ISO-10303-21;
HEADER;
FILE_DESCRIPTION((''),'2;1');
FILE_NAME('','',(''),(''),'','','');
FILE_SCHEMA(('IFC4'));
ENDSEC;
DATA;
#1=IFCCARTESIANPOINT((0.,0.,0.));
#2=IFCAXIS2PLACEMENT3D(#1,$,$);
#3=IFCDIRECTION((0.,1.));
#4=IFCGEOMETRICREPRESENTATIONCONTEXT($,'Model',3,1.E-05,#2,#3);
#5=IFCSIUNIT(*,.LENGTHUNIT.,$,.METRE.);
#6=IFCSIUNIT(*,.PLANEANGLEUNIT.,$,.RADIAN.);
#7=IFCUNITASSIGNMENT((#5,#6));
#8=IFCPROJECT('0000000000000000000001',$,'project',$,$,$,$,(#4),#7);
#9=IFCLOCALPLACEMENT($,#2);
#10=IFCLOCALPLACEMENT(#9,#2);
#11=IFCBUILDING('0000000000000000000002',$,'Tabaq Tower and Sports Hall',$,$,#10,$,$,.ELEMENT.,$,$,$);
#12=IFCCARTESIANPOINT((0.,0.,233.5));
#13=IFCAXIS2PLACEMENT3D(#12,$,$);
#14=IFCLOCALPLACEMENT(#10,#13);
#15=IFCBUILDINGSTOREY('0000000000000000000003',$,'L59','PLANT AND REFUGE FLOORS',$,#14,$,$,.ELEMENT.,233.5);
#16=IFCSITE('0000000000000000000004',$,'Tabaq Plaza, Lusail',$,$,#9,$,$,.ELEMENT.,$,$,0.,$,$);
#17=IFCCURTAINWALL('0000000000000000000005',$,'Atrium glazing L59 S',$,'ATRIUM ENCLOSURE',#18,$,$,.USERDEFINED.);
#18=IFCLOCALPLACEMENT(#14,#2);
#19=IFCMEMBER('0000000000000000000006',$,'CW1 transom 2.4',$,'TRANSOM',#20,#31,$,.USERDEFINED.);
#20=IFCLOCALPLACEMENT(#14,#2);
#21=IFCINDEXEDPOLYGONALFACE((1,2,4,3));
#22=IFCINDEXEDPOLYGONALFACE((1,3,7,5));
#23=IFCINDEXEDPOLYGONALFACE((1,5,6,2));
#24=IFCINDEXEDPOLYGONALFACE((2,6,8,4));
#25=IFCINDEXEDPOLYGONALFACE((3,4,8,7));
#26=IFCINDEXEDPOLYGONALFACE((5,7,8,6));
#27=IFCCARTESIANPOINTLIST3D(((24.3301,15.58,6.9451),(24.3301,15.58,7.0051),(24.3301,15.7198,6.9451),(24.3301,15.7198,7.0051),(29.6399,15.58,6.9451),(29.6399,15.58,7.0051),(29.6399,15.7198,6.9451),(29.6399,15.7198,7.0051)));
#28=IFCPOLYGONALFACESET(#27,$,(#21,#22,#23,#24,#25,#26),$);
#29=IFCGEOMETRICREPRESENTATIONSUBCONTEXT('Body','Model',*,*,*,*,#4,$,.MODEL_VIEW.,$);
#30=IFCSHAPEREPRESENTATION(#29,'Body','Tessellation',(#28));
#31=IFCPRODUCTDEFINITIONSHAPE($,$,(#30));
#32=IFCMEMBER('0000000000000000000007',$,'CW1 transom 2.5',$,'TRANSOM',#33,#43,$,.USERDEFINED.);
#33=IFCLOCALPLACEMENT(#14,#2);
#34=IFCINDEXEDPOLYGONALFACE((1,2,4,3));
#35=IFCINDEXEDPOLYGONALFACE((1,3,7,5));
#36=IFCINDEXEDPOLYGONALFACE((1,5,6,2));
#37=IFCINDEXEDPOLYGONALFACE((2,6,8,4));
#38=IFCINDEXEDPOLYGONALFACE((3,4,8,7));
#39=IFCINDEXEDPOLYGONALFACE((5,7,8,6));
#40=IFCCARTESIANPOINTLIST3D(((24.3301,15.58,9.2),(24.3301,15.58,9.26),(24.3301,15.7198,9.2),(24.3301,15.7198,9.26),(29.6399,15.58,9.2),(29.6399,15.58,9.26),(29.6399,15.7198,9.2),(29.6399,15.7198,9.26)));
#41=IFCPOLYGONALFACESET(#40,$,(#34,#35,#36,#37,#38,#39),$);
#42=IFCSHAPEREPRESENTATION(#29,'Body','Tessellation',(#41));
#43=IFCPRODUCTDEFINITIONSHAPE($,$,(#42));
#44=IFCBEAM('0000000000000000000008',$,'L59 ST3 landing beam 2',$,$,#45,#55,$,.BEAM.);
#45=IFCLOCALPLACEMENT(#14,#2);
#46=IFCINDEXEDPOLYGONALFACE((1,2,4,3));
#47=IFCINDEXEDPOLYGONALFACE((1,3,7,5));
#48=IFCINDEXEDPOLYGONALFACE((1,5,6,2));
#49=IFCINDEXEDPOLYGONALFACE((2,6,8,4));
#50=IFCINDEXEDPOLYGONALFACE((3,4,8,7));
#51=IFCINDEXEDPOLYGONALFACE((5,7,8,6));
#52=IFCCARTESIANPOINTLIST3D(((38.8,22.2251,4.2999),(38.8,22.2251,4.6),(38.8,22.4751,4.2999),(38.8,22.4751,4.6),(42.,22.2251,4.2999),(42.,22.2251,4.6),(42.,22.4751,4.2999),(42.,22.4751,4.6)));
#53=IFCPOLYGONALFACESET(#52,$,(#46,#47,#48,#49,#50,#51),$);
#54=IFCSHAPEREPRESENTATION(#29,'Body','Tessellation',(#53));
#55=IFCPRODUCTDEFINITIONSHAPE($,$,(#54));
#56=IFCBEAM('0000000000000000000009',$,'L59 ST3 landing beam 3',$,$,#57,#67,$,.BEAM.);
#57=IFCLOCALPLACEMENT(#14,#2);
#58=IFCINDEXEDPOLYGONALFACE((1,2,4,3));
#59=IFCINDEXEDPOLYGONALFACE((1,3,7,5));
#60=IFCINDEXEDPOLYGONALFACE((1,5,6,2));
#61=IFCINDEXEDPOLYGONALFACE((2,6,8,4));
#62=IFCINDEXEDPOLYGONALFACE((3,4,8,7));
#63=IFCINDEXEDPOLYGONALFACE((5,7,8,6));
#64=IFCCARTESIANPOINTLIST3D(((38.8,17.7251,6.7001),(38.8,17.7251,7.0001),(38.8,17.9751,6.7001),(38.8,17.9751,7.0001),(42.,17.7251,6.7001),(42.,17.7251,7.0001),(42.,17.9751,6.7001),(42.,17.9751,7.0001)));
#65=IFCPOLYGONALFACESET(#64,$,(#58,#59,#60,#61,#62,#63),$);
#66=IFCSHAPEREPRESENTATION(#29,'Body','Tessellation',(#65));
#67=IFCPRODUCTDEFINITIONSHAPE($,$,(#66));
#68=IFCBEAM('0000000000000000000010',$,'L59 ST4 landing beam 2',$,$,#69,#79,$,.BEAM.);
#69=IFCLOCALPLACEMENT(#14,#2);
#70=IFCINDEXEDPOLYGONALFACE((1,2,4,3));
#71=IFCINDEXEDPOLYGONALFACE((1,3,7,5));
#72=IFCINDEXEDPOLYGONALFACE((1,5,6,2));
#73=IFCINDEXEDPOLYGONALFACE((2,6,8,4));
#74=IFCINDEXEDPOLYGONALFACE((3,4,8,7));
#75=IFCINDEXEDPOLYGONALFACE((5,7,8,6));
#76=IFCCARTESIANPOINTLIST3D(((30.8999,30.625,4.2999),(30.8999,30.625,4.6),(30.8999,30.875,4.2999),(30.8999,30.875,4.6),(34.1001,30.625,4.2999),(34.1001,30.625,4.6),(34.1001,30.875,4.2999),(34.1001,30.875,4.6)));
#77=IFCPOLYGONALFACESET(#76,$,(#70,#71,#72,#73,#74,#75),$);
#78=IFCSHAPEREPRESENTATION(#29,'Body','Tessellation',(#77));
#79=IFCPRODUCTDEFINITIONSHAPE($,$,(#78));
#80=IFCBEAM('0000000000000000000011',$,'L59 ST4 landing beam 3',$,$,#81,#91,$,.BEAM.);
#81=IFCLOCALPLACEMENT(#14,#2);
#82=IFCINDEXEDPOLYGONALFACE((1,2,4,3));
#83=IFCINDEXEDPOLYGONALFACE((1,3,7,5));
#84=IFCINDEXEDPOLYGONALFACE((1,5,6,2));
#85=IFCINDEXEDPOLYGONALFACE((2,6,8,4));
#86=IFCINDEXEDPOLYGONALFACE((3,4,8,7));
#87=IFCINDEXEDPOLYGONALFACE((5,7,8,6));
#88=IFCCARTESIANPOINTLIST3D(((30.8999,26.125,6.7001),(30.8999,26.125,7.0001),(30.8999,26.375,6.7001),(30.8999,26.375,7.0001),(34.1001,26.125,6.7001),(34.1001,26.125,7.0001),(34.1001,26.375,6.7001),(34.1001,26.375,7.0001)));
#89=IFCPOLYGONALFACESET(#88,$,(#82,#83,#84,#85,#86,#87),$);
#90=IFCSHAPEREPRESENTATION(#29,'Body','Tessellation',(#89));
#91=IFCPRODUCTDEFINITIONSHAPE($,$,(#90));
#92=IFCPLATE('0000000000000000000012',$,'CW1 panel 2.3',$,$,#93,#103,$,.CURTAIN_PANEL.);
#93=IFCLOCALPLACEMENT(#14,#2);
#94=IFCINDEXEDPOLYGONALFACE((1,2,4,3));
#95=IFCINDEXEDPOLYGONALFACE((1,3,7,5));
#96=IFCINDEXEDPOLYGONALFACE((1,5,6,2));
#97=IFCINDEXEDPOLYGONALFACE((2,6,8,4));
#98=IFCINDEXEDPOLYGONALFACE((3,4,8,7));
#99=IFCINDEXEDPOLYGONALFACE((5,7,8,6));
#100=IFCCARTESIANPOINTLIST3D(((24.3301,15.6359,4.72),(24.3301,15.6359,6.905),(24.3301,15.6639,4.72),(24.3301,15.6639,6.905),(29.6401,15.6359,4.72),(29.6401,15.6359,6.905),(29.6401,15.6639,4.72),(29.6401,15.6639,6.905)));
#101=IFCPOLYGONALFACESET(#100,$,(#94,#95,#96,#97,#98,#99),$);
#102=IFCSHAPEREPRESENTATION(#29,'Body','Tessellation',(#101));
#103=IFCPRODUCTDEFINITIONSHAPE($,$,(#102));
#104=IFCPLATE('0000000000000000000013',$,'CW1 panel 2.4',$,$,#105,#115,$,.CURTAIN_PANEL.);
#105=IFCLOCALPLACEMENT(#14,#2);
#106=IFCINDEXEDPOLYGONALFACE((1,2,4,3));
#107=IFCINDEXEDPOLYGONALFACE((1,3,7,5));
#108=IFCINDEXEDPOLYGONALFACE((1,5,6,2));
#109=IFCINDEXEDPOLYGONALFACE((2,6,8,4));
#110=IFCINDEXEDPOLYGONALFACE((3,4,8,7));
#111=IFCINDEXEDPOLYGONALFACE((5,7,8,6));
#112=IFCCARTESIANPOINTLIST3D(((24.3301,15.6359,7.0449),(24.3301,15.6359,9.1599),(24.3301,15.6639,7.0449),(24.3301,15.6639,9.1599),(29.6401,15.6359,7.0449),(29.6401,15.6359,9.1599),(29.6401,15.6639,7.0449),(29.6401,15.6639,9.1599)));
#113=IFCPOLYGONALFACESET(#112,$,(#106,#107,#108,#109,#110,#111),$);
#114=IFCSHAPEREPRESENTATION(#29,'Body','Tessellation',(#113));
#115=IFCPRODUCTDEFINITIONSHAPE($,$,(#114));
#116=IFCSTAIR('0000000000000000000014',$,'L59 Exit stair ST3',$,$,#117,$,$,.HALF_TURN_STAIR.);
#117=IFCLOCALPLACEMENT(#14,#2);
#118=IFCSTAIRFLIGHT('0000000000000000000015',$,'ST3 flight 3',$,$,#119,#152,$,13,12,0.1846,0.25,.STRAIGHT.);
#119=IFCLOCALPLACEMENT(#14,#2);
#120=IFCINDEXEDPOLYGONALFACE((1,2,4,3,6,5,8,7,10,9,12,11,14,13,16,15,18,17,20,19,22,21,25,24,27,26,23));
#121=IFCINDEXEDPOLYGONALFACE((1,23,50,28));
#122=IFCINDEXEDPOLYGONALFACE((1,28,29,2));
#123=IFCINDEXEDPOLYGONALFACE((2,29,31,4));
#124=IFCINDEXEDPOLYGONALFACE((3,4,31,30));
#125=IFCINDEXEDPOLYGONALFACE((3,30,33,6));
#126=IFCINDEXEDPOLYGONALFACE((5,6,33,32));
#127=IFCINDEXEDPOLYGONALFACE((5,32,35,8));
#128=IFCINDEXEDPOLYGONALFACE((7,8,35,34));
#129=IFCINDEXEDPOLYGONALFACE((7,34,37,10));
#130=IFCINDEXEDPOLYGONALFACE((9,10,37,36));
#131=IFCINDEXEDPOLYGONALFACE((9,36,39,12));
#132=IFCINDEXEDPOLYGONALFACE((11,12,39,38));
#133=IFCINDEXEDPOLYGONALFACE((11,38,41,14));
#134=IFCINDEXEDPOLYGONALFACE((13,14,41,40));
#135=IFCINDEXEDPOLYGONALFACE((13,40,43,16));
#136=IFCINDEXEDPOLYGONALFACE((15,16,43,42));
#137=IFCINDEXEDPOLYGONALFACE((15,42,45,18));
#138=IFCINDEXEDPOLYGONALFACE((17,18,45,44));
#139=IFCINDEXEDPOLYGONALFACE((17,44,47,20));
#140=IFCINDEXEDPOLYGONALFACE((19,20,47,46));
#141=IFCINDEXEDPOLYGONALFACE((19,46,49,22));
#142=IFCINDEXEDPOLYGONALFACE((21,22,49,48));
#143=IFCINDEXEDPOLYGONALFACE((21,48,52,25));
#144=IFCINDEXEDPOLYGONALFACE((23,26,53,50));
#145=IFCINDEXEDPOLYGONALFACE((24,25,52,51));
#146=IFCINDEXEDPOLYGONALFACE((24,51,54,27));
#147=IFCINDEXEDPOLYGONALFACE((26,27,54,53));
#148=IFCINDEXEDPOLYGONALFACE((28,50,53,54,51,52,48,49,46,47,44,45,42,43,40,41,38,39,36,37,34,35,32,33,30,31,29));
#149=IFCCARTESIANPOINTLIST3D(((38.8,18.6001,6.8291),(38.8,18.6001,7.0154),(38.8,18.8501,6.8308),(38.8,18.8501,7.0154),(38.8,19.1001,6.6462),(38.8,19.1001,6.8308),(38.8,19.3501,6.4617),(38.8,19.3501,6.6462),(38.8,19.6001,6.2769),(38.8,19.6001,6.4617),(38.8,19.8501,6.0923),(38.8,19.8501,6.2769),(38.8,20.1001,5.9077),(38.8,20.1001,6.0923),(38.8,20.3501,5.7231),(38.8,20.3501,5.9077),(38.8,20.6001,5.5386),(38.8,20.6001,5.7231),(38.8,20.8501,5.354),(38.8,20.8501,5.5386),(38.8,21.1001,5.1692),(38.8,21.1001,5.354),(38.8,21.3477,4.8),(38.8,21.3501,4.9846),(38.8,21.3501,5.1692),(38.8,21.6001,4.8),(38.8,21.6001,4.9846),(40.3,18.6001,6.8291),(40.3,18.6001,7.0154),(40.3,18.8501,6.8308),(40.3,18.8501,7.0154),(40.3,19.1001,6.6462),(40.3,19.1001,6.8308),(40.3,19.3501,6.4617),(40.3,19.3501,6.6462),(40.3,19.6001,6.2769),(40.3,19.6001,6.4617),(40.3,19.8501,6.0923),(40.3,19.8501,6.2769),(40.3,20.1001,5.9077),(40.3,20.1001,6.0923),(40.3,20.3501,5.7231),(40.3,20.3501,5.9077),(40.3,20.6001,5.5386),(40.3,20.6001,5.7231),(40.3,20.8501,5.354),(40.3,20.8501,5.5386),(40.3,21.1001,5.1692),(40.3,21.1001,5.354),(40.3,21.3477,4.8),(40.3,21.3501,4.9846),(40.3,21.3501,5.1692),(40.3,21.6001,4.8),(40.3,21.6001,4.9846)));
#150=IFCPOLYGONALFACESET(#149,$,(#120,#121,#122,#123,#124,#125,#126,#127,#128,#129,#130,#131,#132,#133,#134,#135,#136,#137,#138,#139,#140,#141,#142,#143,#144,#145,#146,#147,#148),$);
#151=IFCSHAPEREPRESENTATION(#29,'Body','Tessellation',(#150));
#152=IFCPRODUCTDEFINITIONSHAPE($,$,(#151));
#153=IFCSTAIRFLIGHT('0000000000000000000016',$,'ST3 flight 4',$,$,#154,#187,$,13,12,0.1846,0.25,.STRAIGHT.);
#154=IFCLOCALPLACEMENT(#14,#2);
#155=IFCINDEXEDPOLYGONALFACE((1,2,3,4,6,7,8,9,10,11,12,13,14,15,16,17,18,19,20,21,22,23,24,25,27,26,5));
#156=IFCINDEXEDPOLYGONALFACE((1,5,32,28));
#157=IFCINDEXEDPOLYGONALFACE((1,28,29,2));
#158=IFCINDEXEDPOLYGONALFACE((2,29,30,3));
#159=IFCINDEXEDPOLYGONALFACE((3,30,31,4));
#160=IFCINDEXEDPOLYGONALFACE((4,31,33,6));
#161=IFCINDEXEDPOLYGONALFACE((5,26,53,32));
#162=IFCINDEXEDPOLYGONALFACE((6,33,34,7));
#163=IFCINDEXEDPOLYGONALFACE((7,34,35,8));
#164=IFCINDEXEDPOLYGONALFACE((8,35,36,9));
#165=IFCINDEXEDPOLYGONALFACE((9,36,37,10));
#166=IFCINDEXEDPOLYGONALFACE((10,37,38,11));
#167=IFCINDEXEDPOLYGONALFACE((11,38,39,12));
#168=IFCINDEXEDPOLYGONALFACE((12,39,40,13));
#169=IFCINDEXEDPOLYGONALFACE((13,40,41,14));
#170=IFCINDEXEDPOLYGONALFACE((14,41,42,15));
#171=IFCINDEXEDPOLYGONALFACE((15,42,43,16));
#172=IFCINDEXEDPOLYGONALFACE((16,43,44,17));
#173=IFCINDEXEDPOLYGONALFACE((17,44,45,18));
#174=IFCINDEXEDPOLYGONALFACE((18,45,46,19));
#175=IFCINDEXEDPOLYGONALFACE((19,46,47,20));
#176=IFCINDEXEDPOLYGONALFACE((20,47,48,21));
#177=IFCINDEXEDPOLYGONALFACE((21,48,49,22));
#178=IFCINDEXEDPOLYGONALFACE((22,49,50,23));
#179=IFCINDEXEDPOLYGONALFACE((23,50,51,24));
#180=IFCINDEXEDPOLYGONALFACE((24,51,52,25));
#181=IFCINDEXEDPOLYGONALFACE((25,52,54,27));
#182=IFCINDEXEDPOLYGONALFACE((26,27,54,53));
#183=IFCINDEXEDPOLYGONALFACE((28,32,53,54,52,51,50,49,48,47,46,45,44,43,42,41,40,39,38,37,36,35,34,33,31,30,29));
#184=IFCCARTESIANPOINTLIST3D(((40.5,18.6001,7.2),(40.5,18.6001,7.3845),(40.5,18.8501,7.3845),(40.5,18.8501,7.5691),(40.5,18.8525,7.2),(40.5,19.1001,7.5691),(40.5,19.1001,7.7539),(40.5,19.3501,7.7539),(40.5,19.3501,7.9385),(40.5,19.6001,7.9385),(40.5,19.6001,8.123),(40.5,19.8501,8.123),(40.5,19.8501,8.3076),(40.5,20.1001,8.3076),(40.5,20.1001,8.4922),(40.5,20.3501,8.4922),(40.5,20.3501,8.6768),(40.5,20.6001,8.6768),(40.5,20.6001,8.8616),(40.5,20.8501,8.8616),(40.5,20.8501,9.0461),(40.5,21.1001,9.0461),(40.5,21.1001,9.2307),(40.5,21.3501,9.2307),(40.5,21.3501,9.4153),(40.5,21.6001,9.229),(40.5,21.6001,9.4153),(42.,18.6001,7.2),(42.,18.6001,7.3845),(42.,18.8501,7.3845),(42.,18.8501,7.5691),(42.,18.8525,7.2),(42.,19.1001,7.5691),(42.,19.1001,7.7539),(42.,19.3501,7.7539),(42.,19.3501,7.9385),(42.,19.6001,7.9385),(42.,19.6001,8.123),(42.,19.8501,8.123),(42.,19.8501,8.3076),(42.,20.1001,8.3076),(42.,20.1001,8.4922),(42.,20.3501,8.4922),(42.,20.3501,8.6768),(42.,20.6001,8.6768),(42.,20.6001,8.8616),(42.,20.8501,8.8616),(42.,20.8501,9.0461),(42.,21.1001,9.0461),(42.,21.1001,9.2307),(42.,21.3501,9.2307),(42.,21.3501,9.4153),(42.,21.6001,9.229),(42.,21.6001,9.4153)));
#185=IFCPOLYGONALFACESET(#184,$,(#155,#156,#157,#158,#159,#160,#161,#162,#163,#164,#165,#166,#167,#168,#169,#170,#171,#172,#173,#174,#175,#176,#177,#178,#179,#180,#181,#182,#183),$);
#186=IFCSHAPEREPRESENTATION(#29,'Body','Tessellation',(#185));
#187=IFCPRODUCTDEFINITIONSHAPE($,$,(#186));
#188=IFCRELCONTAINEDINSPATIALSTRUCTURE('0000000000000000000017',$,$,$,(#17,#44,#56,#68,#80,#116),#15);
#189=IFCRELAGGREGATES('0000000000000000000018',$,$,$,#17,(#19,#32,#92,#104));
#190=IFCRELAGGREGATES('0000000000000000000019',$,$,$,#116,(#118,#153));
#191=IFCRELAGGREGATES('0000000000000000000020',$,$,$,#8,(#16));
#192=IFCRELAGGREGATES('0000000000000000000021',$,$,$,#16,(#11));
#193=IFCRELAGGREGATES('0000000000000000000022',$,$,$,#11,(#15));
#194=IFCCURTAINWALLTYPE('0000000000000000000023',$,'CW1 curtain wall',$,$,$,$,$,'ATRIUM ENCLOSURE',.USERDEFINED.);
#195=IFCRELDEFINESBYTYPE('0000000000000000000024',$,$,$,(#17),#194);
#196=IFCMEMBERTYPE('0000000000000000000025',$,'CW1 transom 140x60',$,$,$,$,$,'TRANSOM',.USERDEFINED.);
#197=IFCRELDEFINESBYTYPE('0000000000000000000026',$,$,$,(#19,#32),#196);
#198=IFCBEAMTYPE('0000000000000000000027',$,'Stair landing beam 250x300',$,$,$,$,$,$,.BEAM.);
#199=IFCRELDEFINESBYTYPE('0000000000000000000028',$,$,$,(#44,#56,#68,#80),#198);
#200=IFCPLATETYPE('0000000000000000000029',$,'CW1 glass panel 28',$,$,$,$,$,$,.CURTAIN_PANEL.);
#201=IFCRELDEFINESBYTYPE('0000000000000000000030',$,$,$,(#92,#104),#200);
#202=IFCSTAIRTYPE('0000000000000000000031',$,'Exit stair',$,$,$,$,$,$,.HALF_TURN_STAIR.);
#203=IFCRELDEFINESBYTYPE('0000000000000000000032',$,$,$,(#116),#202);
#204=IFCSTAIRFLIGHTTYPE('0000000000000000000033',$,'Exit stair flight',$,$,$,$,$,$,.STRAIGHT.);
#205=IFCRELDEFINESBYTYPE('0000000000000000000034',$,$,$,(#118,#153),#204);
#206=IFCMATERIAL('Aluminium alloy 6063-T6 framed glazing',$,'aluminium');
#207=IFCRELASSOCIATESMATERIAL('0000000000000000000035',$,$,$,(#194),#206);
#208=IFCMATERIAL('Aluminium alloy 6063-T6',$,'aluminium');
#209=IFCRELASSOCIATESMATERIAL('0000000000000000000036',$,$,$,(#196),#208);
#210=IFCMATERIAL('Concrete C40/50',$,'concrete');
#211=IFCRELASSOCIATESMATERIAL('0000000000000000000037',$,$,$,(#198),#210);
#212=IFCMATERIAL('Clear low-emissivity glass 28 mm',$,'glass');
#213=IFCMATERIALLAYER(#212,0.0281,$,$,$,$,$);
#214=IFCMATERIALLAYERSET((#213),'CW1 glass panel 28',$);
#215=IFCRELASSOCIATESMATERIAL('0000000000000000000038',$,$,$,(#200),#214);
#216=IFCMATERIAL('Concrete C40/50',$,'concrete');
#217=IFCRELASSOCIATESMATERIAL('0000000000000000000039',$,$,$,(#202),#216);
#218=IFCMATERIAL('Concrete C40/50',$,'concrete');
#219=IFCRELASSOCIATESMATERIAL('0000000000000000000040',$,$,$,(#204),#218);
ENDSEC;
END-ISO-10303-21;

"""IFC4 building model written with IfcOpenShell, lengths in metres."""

from ifc_helpers import new_model, si_unit, direction, frame, origin, origin_2d, place, context, subcontext, project, spatial, polyline, rectangle, outline, extrude, material, layer, layer_set, material_profile, profile_set, type_object, element, aggregate, save


model = new_model("IFC4")

# Units and contexts
model_context = context("Model", 3, precision=1e-05, world=origin(), true_north=direction((0.0, 1.0)))
body_context = subcontext(model_context, "Body", "Model", "MODEL_VIEW")
ifc_project = project(units=[si_unit("LENGTHUNIT", "METRE"), si_unit("PLANEANGLEUNIT", "RADIAN")], contexts=[model_context])

# Site, building, storey
site_placement = place(None, origin())
site = spatial("IfcSite", under=ifc_project, at=site_placement, Name="Tabaq Plaza, Lusail", CompositionType="ELEMENT", RefElevation=0.0)
building_placement = place(site_placement, origin())
building = spatial("IfcBuilding", under=site, at=building_placement, Name="Tabaq Tower and Sports Hall", CompositionType="ELEMENT")
storey_placement = place(building_placement, frame((0.0, 0.0, 233.5)))
storey = spatial("IfcBuildingStorey", under=building, at=storey_placement, Name="L59", Description="PLANT AND REFUGE FLOORS", CompositionType="ELEMENT", Elevation=233.5)

# Curtain wall, members
ifc_material_1 = material(Name="Aluminium alloy 6063-T6 framed glazing", Category="aluminium")
curtain_wall_type = type_object("IfcCurtainWallType", Name="CW1 curtain wall", ElementType="ATRIUM ENCLOSURE", PredefinedType="USERDEFINED", material=ifc_material_1)
curtain_wall_placement = place(storey_placement, origin())
curtain_wall = element("IfcCurtainWall", 1, at=curtain_wall_placement, inside=storey, type_object=curtain_wall_type, Name="Atrium glazing L59 S", ObjectType="ATRIUM ENCLOSURE", PredefinedType="USERDEFINED")
ifc_material_2 = material(Name="Aluminium alloy 6063-T6", Category="aluminium")
ifc_material_profile_1 = material_profile(ifc_material_2, rectangle(XDim=0.1399, YDim=0.0601, at=origin_2d()), Name="TRANSOM 140x60")
ifc_profile_set_1 = profile_set([ifc_material_profile_1], Name="Aluminium alloy 6063-T6")
member_type = type_object("IfcMemberType", Name="CW1 transom 140x60", ElementType="TRANSOM", PredefinedType="USERDEFINED", material=ifc_profile_set_1)
member_1_placement = place(storey_placement, frame((24.3301, 15.6499, 6.9751), z_axis=(1.0, 0.0, 0.0), x_axis=(0.0, 1.0, 0.0)))
member_1 = element("IfcMember", 2, at=member_1_placement, type_object=member_type, Name="CW1 transom 2.4", ObjectType="TRANSOM", PredefinedType="USERDEFINED", context=body_context, shape_type="SweptSolid", body=[
    extrude(rectangle(XDim=0.1399, YDim=0.0601, at=origin_2d()), origin(), (0.0, 0.0, 1.0), 5.3098),
])
member_2_placement = place(storey_placement, frame((24.3301, 15.6499, 9.23), z_axis=(1.0, 0.0, 0.0), x_axis=(0.0, 1.0, 0.0)))
member_2 = element("IfcMember", 3, at=member_2_placement, type_object=member_type, Name="CW1 transom 2.5", ObjectType="TRANSOM", PredefinedType="USERDEFINED", context=body_context, shape_type="SweptSolid", body=[
    extrude(rectangle(XDim=0.1399, YDim=0.0601, at=origin_2d()), origin(), (0.0, 0.0, 1.0), 5.3098),
])

# Beams
ifc_material_3 = material(Name="Concrete C40/50", Category="concrete")
ifc_material_profile_2 = material_profile(ifc_material_3, rectangle(XDim=0.25, YDim=0.3, at=origin_2d()), Name="RC 250x300")
ifc_profile_set_2 = profile_set([ifc_material_profile_2], Name="Concrete C40/50")
beam_type = type_object("IfcBeamType", Name="Stair landing beam 250x300", PredefinedType="BEAM", material=ifc_profile_set_2)
for number, where, z_axis, x_axis, name in (
    (4, (38.8, 22.3501, 4.45), (1.0, 0.0, 0.0), (0.0, 1.0, 0.0), "L59 ST3 landing beam 2"),
    (5, (38.8, 17.8501, 6.8501), (1.0, 0.0, 0.0), (0.0, 1.0, 0.0), "L59 ST3 landing beam 3"),
):
    element("IfcBeam", number, at=place(storey_placement, frame(where, z_axis=z_axis, x_axis=x_axis)), inside=storey, type_object=beam_type, Name=name, PredefinedType="BEAM", context=body_context, shape_type="SweptSolid", body=[
        extrude(rectangle(XDim=0.25, YDim=0.3, at=origin_2d()), origin(), (0.0, 0.0, 1.0), 3.2),
    ])
for number, where, z_axis, x_axis, name in (
    (6, (30.8999, 30.75, 4.45), (1.0, 0.0, 0.0), (0.0, 1.0, 0.0), "L59 ST4 landing beam 2"),
    (7, (30.8999, 26.25, 6.8501), (1.0, 0.0, 0.0), (0.0, 1.0, 0.0), "L59 ST4 landing beam 3"),
):
    element("IfcBeam", number, at=place(storey_placement, frame(where, z_axis=z_axis, x_axis=x_axis)), inside=storey, type_object=beam_type, Name=name, PredefinedType="BEAM", context=body_context, shape_type="SweptSolid", body=[
        extrude(rectangle(XDim=0.25, YDim=0.3, at=origin_2d()), origin(), (0.0, 0.0, 1.0), 3.2002),
    ])

# Plates
ifc_material_4 = material(Name="Clear low-emissivity glass 28 mm", Category="glass")
ifc_layer_1 = layer(ifc_material_4, 0.0281)
ifc_layer_set_1 = layer_set([ifc_layer_1], Name="CW1 glass panel 28")
plate_type_1 = type_object("IfcPlateType", Name="CW1 glass panel 28", PredefinedType="CURTAIN_PANEL", material=ifc_layer_set_1)
plate_1_placement = place(storey_placement, frame((26.9851, 15.6499, 4.72), z_axis=(0.0, 0.0, 1.0), x_axis=(1.0, 0.0, 0.0)))
plate_1 = element("IfcPlate", 8, at=plate_1_placement, type_object=plate_type_1, Name="CW1 panel 2.3", PredefinedType="CURTAIN_PANEL", context=body_context, shape_type="SweptSolid", body=[
    extrude(rectangle(XDim=5.3101, YDim=0.0281, at=origin_2d()), origin(), (0.0, 0.0, 1.0), 2.1851),
])
plate_2_placement = place(storey_placement, frame((26.9851, 15.6499, 7.0449), z_axis=(0.0, 0.0, 1.0), x_axis=(1.0, 0.0, 0.0)))
plate_2 = element("IfcPlate", 9, at=plate_2_placement, type_object=plate_type_1, Name="CW1 panel 2.4", PredefinedType="CURTAIN_PANEL", context=body_context, shape_type="SweptSolid", body=[
    extrude(rectangle(XDim=5.3101, YDim=0.0281, at=origin_2d()), origin(), (0.0, 0.0, 1.0), 2.115),
])
aggregate(curtain_wall, [member_1, member_2, plate_1, plate_2])

# Stair, stair flights
ifc_material_5 = material(Name="Concrete C40/50", Category="concrete")
stair_type = type_object("IfcStairType", Name="Exit stair", PredefinedType="HALF_TURN_STAIR", material=ifc_material_5)
stair_1_placement = place(storey_placement, origin())
stair_1 = element("IfcStair", 10, at=stair_1_placement, inside=storey, type_object=stair_type, Name="L59 Exit stair ST3", PredefinedType="HALF_TURN_STAIR")
ifc_material_6 = material(Name="Concrete C40/50", Category="concrete")
stair_flight_type = type_object("IfcStairFlightType", Name="Exit stair flight", PredefinedType="STRAIGHT", material=ifc_material_6)
stair_flight_1_placement = place(storey_placement, frame((39.55, 21.6001, 4.8), z_axis=(0.0, 0.0, 1.0), x_axis=(0.0, -1.0, 0.0)))
stair_flight_1 = element("IfcStairFlight", 11, at=stair_flight_1_placement, type_object=stair_flight_type, Name="ST3 flight 3", NumberOfRisers=13, NumberOfTreads=12, PredefinedType="STRAIGHT", RiserHeight=0.1846, TreadLength=0.25, context=body_context, shape_type="SweptSolid", body=[
    extrude(outline(polyline([(0.0, 0.0), (0.0, 0.1846), (0.25, 0.1846), (0.25, 0.3691), (0.5, 0.3691), (0.5, 0.554), (0.75, 0.554), (0.75, 0.7385), (1.0, 0.7385), (1.0, 0.9231), (1.25, 0.9231), (1.25, 1.1077), (1.5, 1.1077), (1.5, 1.2922), (1.75, 1.2922), (1.75, 1.4768), (2.0, 1.4768), (2.0, 1.6616), (2.25, 1.6616), (2.25, 1.8462), (2.5, 1.8462), (2.5, 2.0308), (2.75, 2.0308), (2.75, 2.2153), (3.0, 2.2153), (3.0, 2.3999), (3.0, 2.0291), (0.2524, 0.0), (0.0, 0.0)])), frame((0.0, 0.75, 0.0), z_axis=(0.0, -1.0, 0.0), x_axis=(1.0, 0.0, 0.0)), (0.0, 0.0, 1.0), 1.5),
])
stair_flight_2_placement = place(storey_placement, frame((41.25, 18.6001, 7.2), z_axis=(0.0, 0.0, 1.0), x_axis=(0.0, 1.0, 0.0)))
stair_flight_2 = element("IfcStairFlight", 12, at=stair_flight_2_placement, type_object=stair_flight_type, Name="ST3 flight 4", NumberOfRisers=13, NumberOfTreads=12, PredefinedType="STRAIGHT", RiserHeight=0.1846, TreadLength=0.25, context=body_context, shape_type="SweptSolid", body=[
    extrude(outline(polyline([(0.0, 0.0), (0.0, 0.1846), (0.25, 0.1846), (0.25, 0.3691), (0.5, 0.3691), (0.5, 0.554), (0.75, 0.554), (0.75, 0.7385), (1.0, 0.7385), (1.0, 0.9231), (1.25, 0.9231), (1.25, 1.1077), (1.5, 1.1077), (1.5, 1.2922), (1.75, 1.2922), (1.75, 1.4768), (2.0, 1.4768), (2.0, 1.6616), (2.25, 1.6616), (2.25, 1.8462), (2.5, 1.8462), (2.5, 2.0308), (2.75, 2.0308), (2.75, 2.2153), (3.0, 2.2153), (3.0, 2.3999), (3.0, 2.0291), (0.2524, 0.0), (0.0, 0.0)])), frame((0.0, 0.75, 0.0), z_axis=(0.0, -1.0, 0.0), x_axis=(1.0, 0.0, 0.0)), (0.0, 0.0, 1.0), 1.5),
])
aggregate(stair_1, [stair_flight_1, stair_flight_2])

save(model, "model.ifc")
